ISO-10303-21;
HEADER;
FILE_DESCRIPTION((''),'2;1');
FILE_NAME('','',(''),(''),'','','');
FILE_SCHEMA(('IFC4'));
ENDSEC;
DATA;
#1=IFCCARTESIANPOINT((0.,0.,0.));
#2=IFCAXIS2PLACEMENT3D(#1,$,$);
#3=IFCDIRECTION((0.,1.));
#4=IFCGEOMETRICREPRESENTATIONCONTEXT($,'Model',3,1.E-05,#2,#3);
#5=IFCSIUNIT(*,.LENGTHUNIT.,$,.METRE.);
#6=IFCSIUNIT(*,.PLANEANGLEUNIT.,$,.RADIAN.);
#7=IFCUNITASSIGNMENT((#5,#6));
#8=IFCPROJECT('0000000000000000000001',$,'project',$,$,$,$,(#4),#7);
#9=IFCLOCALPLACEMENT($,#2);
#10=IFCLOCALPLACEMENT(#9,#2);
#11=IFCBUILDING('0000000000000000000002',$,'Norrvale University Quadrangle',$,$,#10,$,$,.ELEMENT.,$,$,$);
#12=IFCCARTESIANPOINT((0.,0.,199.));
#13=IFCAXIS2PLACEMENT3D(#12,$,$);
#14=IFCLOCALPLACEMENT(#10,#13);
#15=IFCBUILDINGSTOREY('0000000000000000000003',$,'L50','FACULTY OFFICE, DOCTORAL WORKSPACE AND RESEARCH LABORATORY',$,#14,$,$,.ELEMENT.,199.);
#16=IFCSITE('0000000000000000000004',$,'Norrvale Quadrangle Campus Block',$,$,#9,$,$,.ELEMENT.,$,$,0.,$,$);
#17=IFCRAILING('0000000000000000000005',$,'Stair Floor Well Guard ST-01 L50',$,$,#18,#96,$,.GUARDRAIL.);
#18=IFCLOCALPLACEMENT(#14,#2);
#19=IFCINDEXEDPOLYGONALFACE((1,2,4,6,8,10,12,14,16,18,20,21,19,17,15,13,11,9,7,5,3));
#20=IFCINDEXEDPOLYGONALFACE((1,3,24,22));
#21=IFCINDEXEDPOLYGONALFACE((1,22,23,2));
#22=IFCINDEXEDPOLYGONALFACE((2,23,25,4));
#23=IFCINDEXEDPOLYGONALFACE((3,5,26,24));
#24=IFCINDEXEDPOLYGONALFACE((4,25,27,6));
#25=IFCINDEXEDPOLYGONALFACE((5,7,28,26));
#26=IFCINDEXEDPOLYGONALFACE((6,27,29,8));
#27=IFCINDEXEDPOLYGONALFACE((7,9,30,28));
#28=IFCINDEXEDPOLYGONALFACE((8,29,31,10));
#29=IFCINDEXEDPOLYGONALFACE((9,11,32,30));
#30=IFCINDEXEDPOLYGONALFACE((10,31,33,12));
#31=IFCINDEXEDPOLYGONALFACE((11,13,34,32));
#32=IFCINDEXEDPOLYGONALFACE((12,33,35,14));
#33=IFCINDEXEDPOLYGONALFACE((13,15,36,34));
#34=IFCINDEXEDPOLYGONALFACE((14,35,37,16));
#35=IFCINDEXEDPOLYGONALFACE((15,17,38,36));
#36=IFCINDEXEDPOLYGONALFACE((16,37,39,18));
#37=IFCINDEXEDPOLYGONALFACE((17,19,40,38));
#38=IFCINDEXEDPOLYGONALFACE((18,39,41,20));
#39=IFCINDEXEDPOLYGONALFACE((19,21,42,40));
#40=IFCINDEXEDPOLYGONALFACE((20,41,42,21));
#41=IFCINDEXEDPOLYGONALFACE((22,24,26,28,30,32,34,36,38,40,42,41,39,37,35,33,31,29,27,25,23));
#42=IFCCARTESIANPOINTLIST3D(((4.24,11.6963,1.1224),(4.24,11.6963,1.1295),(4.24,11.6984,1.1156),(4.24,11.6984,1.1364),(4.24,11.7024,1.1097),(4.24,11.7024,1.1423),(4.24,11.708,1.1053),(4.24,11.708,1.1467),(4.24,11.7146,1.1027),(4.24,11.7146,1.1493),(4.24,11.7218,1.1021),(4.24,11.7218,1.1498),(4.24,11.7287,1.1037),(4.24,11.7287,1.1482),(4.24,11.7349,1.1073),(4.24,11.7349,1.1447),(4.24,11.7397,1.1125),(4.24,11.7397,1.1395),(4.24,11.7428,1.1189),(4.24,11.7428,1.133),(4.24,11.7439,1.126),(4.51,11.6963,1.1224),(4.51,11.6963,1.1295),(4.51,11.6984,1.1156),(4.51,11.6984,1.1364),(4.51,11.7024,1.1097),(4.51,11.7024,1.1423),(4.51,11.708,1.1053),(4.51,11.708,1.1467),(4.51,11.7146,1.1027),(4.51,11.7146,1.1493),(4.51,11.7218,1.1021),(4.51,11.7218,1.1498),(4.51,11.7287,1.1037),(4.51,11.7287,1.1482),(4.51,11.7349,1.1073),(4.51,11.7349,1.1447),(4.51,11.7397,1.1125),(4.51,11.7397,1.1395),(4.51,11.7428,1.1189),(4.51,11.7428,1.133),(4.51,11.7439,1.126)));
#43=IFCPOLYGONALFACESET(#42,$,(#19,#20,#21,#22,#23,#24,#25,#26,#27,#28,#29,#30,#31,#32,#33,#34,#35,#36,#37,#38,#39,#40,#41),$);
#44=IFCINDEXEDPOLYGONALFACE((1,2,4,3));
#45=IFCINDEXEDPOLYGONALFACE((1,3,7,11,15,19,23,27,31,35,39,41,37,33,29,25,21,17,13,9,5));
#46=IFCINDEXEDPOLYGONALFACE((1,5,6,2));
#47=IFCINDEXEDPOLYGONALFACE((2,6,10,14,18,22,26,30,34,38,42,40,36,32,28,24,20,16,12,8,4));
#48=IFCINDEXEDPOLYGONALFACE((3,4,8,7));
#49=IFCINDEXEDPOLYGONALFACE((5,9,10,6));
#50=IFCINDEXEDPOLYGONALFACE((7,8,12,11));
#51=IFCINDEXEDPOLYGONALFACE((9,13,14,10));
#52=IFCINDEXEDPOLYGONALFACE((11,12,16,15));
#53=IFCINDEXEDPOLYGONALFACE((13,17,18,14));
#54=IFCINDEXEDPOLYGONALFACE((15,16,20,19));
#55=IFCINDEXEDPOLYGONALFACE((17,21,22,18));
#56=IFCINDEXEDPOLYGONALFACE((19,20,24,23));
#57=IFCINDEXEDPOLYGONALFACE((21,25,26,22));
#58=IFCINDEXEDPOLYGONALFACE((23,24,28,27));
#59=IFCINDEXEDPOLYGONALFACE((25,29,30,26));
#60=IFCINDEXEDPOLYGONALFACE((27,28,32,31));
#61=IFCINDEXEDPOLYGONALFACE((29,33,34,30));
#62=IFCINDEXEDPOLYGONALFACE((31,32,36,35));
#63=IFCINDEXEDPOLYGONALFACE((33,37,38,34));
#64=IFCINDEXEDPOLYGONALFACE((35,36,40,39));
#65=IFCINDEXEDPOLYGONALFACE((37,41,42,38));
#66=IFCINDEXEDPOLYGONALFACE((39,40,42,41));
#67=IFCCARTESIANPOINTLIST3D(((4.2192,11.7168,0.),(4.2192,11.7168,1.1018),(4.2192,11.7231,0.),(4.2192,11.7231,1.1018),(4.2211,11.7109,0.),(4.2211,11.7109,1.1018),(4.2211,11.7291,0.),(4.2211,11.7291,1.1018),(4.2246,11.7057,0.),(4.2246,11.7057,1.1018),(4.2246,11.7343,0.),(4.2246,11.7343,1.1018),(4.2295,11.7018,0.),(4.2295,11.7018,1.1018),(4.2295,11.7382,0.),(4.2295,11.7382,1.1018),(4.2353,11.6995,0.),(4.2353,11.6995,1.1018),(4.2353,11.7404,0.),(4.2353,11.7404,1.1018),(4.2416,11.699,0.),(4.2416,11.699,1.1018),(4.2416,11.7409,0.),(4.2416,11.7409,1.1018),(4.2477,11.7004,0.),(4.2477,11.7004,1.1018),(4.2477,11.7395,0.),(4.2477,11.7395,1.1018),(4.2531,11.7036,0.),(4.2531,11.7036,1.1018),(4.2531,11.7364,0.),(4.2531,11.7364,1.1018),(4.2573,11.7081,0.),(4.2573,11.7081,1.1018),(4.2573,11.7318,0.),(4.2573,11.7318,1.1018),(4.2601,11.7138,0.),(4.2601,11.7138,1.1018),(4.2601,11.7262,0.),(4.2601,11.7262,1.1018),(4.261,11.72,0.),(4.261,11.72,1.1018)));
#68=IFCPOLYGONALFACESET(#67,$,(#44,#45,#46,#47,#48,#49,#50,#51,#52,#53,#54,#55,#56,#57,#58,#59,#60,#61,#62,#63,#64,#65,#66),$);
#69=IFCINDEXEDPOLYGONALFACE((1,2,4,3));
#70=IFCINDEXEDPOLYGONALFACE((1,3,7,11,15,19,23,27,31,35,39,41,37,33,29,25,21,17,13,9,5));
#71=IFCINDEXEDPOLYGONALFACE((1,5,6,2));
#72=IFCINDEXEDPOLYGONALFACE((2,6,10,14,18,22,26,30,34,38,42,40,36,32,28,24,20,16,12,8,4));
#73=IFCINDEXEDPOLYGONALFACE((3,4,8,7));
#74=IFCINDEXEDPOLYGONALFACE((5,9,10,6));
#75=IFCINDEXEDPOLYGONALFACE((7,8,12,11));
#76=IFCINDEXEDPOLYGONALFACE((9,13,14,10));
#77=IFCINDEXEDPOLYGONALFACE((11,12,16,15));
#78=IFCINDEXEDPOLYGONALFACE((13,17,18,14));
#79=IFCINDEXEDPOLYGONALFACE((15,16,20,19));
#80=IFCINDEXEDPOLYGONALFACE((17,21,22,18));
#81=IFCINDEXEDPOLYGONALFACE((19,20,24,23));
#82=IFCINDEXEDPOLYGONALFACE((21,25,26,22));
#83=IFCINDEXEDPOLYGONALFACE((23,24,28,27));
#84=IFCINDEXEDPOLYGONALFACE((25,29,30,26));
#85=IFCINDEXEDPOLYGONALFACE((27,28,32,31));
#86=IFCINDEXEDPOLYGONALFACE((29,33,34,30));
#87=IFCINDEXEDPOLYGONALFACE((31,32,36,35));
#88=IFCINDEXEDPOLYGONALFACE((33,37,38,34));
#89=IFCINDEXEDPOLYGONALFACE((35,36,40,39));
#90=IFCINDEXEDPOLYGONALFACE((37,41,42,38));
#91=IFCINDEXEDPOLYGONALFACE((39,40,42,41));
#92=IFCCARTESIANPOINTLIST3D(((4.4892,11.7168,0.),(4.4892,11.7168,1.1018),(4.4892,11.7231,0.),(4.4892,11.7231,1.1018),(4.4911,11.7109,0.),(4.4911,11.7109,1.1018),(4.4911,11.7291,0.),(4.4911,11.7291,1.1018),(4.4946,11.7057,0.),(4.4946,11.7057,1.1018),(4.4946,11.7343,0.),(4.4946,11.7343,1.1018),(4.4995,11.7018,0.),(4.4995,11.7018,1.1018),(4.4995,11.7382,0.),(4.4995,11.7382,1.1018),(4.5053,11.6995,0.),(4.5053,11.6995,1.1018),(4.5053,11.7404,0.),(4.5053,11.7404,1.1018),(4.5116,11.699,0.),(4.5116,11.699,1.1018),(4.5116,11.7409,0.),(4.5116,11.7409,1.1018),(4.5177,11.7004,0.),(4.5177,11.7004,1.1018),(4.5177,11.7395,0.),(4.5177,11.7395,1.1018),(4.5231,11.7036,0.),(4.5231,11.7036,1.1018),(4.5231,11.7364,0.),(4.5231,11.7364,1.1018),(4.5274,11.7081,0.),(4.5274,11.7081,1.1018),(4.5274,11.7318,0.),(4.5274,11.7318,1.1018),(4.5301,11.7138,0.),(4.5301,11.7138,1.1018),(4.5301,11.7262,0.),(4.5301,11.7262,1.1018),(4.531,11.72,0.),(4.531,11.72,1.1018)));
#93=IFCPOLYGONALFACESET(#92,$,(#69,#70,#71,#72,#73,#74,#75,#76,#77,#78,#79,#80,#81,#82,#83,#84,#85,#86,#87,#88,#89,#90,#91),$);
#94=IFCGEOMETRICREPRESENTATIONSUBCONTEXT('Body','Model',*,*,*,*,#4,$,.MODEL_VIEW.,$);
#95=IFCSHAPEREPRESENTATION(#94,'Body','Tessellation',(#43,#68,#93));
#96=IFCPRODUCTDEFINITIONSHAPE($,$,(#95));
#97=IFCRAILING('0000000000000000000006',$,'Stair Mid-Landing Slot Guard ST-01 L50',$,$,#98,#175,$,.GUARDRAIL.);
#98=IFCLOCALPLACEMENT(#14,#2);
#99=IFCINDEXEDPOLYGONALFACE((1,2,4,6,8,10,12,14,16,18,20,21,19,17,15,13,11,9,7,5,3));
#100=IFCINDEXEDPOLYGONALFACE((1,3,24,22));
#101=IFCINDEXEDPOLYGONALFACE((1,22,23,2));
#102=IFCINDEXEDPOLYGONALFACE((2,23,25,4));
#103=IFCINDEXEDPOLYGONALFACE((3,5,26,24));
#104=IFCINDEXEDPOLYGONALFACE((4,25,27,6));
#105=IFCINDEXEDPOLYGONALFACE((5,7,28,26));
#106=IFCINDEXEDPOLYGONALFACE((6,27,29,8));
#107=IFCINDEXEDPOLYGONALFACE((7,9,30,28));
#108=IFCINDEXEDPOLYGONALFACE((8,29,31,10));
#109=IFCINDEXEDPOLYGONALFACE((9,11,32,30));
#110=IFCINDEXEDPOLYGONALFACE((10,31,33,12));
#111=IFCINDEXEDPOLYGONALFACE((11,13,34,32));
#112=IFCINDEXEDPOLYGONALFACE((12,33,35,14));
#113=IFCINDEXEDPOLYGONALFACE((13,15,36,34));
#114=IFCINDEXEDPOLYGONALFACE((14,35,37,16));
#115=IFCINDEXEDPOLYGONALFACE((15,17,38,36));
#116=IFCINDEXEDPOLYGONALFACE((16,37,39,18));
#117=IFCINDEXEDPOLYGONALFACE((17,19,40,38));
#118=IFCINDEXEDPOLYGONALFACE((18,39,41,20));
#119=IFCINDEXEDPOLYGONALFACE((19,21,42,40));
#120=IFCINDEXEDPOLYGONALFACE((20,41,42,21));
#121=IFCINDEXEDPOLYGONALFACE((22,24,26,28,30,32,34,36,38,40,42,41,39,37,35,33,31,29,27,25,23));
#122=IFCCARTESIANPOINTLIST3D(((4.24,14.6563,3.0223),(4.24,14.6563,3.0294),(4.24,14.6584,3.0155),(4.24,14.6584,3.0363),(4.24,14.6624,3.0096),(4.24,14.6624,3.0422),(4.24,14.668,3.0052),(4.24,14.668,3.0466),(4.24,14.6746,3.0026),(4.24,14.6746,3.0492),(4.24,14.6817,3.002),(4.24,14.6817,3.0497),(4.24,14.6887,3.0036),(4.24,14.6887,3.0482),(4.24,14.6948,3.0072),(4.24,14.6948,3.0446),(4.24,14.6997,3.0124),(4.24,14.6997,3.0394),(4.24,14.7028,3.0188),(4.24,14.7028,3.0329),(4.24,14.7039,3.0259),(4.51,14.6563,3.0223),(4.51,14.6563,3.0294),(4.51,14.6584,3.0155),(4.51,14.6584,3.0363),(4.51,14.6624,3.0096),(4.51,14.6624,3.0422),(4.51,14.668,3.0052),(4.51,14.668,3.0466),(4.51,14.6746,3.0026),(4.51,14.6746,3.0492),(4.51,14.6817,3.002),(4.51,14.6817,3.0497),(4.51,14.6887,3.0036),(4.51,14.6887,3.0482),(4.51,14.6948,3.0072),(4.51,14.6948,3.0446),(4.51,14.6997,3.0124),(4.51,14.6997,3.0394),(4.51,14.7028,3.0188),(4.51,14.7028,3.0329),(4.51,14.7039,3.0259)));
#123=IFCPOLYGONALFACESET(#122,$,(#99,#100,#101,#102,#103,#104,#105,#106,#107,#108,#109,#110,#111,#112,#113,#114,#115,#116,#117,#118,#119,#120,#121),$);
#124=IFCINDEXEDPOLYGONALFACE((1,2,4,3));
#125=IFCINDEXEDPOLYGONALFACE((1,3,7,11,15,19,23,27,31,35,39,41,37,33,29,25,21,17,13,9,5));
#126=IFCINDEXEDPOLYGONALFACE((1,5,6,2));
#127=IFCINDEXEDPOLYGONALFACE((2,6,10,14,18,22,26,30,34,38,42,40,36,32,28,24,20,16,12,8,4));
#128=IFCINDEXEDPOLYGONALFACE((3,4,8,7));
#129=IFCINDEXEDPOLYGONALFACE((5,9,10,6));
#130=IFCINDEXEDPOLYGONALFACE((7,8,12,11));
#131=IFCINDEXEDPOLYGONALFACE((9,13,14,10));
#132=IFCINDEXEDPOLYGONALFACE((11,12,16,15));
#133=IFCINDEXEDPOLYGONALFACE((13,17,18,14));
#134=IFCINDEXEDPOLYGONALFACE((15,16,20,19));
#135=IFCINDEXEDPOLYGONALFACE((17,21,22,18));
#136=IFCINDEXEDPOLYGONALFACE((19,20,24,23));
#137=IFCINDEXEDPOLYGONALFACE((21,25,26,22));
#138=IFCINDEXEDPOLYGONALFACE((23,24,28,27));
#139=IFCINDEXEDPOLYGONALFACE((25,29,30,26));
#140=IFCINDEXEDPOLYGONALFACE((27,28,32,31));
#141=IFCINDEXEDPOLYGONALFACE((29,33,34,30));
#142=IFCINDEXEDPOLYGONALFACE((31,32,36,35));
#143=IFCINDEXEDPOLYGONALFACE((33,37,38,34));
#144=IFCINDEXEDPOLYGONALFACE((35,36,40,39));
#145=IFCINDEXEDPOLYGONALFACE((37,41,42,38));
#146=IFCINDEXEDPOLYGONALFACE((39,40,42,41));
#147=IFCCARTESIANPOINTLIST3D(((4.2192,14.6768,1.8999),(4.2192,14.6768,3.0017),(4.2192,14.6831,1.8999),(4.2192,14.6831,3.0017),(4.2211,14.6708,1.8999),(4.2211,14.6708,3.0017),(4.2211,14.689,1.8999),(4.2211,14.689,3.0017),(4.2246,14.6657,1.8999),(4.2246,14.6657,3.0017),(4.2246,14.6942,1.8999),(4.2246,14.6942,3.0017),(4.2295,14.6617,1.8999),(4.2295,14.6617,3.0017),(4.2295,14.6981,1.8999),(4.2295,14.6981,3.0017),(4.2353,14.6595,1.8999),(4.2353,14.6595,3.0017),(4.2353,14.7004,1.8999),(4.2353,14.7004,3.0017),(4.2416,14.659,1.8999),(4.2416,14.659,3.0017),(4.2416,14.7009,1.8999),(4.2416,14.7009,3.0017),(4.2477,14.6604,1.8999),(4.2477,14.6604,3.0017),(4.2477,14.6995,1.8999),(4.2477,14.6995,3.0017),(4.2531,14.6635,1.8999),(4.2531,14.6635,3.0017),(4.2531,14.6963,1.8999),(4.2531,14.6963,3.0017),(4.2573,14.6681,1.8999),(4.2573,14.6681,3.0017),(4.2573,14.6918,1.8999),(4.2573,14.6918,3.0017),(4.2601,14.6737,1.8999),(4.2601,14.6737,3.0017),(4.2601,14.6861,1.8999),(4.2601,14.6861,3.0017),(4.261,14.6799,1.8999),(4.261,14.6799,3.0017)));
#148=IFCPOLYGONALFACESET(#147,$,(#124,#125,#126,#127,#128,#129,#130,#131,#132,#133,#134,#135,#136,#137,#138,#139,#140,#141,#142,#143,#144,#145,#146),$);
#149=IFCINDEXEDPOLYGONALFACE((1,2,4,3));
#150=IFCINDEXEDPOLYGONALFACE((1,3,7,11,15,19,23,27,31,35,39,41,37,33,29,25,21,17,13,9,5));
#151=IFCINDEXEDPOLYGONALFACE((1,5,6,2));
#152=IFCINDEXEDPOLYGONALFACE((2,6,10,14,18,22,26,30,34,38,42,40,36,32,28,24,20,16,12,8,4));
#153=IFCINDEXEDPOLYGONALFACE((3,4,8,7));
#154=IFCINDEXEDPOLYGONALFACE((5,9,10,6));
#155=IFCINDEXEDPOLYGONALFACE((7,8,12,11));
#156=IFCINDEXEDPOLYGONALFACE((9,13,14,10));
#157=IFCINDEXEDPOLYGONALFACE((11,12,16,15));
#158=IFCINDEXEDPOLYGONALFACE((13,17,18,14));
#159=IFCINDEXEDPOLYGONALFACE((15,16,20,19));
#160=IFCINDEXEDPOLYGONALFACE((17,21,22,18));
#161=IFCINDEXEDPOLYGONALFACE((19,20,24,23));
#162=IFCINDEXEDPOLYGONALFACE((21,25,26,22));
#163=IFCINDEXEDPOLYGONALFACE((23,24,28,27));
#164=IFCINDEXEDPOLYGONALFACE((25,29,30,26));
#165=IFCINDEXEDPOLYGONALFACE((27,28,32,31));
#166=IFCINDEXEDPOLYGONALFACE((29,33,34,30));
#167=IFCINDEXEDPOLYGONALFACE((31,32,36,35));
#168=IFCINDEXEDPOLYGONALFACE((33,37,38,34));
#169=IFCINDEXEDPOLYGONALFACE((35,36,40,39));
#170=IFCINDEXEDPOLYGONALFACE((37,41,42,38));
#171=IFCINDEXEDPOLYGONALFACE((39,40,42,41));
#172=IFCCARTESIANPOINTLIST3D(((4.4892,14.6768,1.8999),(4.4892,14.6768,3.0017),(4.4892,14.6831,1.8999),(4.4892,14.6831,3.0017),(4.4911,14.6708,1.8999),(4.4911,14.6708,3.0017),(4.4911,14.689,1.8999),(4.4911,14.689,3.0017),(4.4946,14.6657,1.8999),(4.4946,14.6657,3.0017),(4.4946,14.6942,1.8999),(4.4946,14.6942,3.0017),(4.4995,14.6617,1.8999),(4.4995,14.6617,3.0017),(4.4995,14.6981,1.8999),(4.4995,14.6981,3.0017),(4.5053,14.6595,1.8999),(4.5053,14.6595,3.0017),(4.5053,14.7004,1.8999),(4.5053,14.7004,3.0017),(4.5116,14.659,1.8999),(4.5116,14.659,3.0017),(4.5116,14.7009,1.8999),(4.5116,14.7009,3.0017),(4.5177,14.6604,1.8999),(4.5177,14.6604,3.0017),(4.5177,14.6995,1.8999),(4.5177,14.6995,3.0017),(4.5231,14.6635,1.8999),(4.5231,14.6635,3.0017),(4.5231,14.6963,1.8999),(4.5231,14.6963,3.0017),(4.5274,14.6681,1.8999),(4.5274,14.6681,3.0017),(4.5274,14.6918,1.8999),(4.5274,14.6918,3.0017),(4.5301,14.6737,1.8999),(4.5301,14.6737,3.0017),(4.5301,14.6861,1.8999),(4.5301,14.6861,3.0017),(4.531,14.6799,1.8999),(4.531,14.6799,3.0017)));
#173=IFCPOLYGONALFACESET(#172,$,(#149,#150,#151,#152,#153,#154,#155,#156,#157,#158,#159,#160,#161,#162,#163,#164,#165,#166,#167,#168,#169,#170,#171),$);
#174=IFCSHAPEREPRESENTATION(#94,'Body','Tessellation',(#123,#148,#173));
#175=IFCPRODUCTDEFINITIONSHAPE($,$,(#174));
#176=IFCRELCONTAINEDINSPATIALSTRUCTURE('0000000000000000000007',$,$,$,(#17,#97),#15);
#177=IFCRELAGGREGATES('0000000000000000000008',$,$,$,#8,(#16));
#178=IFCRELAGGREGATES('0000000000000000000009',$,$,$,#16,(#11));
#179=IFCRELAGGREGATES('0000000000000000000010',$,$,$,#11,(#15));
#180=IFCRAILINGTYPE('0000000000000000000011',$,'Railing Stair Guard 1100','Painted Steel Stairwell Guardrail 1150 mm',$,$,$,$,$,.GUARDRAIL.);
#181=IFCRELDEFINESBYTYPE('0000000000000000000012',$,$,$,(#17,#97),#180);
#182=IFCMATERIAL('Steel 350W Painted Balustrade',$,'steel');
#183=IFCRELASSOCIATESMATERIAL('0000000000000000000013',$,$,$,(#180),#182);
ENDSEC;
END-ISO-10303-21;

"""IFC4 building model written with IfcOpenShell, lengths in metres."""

from ifc_helpers import new_model, si_unit, direction, frame, origin, origin_2d, place, context, subcontext, project, spatial, circle, extrude, material, type_object, element, save


model = new_model("IFC4")

# Units and contexts
model_context = context("Model", 3, precision=1e-05, world=origin(), true_north=direction((0.0, 1.0)))
body_context = subcontext(model_context, "Body", "Model", "MODEL_VIEW")
ifc_project = project(units=[si_unit("LENGTHUNIT", "METRE"), si_unit("PLANEANGLEUNIT", "RADIAN")], contexts=[model_context])

# Site, building, storey
site_placement = place(None, origin())
site = spatial("IfcSite", under=ifc_project, at=site_placement, Name="Norrvale Quadrangle Campus Block", CompositionType="ELEMENT", RefElevation=0.0)
building_placement = place(site_placement, origin())
building = spatial("IfcBuilding", under=site, at=building_placement, Name="Norrvale University Quadrangle", CompositionType="ELEMENT")
storey_placement = place(building_placement, frame((0.0, 0.0, 199.0)))
storey = spatial("IfcBuildingStorey", under=building, at=storey_placement, Name="L50", Description="FACULTY OFFICE, DOCTORAL WORKSPACE AND RESEARCH LABORATORY", CompositionType="ELEMENT", Elevation=199.0)

# Railings
ifc_material_1 = material(Name="Steel 350W Painted Balustrade", Category="steel")
railing_type_1 = type_object("IfcRailingType", Name="Railing Stair Guard 1100", Description="Painted Steel Stairwell Guardrail 1150 mm", PredefinedType="GUARDRAIL", material=ifc_material_1)
for number, where, name in (
    (1, (4.24, 11.72, 0.0), "Stair Floor Well Guard ST-01 L50"),
    (2, (4.24, 14.6799, 1.8999), "Stair Mid-Landing Slot Guard ST-01 L50"),
):
    element("IfcRailing", number, at=place(storey_placement, frame(where)), inside=storey, type_object=railing_type_1, Name=name, PredefinedType="GUARDRAIL", context=body_context, shape_type="SweptSolid", body=[
        extrude(circle(Radius=0.0239, at=origin_2d()), frame((0.0, 0.0, 1.126), z_axis=(1.0, 0.0, 0.0), x_axis=(0.0, 1.0, 0.0)), (0.0, 0.0, 1.0), 0.27),
        extrude(circle(Radius=0.021, at=origin_2d()), origin(), (0.0, 0.0, 1.0), 1.1018),
        extrude(circle(Radius=0.021, at=origin_2d()), frame((0.27, 0.0, 0.0)), (0.0, 0.0, 1.0), 1.1018),
    ])

save(model, "model.ifc")
